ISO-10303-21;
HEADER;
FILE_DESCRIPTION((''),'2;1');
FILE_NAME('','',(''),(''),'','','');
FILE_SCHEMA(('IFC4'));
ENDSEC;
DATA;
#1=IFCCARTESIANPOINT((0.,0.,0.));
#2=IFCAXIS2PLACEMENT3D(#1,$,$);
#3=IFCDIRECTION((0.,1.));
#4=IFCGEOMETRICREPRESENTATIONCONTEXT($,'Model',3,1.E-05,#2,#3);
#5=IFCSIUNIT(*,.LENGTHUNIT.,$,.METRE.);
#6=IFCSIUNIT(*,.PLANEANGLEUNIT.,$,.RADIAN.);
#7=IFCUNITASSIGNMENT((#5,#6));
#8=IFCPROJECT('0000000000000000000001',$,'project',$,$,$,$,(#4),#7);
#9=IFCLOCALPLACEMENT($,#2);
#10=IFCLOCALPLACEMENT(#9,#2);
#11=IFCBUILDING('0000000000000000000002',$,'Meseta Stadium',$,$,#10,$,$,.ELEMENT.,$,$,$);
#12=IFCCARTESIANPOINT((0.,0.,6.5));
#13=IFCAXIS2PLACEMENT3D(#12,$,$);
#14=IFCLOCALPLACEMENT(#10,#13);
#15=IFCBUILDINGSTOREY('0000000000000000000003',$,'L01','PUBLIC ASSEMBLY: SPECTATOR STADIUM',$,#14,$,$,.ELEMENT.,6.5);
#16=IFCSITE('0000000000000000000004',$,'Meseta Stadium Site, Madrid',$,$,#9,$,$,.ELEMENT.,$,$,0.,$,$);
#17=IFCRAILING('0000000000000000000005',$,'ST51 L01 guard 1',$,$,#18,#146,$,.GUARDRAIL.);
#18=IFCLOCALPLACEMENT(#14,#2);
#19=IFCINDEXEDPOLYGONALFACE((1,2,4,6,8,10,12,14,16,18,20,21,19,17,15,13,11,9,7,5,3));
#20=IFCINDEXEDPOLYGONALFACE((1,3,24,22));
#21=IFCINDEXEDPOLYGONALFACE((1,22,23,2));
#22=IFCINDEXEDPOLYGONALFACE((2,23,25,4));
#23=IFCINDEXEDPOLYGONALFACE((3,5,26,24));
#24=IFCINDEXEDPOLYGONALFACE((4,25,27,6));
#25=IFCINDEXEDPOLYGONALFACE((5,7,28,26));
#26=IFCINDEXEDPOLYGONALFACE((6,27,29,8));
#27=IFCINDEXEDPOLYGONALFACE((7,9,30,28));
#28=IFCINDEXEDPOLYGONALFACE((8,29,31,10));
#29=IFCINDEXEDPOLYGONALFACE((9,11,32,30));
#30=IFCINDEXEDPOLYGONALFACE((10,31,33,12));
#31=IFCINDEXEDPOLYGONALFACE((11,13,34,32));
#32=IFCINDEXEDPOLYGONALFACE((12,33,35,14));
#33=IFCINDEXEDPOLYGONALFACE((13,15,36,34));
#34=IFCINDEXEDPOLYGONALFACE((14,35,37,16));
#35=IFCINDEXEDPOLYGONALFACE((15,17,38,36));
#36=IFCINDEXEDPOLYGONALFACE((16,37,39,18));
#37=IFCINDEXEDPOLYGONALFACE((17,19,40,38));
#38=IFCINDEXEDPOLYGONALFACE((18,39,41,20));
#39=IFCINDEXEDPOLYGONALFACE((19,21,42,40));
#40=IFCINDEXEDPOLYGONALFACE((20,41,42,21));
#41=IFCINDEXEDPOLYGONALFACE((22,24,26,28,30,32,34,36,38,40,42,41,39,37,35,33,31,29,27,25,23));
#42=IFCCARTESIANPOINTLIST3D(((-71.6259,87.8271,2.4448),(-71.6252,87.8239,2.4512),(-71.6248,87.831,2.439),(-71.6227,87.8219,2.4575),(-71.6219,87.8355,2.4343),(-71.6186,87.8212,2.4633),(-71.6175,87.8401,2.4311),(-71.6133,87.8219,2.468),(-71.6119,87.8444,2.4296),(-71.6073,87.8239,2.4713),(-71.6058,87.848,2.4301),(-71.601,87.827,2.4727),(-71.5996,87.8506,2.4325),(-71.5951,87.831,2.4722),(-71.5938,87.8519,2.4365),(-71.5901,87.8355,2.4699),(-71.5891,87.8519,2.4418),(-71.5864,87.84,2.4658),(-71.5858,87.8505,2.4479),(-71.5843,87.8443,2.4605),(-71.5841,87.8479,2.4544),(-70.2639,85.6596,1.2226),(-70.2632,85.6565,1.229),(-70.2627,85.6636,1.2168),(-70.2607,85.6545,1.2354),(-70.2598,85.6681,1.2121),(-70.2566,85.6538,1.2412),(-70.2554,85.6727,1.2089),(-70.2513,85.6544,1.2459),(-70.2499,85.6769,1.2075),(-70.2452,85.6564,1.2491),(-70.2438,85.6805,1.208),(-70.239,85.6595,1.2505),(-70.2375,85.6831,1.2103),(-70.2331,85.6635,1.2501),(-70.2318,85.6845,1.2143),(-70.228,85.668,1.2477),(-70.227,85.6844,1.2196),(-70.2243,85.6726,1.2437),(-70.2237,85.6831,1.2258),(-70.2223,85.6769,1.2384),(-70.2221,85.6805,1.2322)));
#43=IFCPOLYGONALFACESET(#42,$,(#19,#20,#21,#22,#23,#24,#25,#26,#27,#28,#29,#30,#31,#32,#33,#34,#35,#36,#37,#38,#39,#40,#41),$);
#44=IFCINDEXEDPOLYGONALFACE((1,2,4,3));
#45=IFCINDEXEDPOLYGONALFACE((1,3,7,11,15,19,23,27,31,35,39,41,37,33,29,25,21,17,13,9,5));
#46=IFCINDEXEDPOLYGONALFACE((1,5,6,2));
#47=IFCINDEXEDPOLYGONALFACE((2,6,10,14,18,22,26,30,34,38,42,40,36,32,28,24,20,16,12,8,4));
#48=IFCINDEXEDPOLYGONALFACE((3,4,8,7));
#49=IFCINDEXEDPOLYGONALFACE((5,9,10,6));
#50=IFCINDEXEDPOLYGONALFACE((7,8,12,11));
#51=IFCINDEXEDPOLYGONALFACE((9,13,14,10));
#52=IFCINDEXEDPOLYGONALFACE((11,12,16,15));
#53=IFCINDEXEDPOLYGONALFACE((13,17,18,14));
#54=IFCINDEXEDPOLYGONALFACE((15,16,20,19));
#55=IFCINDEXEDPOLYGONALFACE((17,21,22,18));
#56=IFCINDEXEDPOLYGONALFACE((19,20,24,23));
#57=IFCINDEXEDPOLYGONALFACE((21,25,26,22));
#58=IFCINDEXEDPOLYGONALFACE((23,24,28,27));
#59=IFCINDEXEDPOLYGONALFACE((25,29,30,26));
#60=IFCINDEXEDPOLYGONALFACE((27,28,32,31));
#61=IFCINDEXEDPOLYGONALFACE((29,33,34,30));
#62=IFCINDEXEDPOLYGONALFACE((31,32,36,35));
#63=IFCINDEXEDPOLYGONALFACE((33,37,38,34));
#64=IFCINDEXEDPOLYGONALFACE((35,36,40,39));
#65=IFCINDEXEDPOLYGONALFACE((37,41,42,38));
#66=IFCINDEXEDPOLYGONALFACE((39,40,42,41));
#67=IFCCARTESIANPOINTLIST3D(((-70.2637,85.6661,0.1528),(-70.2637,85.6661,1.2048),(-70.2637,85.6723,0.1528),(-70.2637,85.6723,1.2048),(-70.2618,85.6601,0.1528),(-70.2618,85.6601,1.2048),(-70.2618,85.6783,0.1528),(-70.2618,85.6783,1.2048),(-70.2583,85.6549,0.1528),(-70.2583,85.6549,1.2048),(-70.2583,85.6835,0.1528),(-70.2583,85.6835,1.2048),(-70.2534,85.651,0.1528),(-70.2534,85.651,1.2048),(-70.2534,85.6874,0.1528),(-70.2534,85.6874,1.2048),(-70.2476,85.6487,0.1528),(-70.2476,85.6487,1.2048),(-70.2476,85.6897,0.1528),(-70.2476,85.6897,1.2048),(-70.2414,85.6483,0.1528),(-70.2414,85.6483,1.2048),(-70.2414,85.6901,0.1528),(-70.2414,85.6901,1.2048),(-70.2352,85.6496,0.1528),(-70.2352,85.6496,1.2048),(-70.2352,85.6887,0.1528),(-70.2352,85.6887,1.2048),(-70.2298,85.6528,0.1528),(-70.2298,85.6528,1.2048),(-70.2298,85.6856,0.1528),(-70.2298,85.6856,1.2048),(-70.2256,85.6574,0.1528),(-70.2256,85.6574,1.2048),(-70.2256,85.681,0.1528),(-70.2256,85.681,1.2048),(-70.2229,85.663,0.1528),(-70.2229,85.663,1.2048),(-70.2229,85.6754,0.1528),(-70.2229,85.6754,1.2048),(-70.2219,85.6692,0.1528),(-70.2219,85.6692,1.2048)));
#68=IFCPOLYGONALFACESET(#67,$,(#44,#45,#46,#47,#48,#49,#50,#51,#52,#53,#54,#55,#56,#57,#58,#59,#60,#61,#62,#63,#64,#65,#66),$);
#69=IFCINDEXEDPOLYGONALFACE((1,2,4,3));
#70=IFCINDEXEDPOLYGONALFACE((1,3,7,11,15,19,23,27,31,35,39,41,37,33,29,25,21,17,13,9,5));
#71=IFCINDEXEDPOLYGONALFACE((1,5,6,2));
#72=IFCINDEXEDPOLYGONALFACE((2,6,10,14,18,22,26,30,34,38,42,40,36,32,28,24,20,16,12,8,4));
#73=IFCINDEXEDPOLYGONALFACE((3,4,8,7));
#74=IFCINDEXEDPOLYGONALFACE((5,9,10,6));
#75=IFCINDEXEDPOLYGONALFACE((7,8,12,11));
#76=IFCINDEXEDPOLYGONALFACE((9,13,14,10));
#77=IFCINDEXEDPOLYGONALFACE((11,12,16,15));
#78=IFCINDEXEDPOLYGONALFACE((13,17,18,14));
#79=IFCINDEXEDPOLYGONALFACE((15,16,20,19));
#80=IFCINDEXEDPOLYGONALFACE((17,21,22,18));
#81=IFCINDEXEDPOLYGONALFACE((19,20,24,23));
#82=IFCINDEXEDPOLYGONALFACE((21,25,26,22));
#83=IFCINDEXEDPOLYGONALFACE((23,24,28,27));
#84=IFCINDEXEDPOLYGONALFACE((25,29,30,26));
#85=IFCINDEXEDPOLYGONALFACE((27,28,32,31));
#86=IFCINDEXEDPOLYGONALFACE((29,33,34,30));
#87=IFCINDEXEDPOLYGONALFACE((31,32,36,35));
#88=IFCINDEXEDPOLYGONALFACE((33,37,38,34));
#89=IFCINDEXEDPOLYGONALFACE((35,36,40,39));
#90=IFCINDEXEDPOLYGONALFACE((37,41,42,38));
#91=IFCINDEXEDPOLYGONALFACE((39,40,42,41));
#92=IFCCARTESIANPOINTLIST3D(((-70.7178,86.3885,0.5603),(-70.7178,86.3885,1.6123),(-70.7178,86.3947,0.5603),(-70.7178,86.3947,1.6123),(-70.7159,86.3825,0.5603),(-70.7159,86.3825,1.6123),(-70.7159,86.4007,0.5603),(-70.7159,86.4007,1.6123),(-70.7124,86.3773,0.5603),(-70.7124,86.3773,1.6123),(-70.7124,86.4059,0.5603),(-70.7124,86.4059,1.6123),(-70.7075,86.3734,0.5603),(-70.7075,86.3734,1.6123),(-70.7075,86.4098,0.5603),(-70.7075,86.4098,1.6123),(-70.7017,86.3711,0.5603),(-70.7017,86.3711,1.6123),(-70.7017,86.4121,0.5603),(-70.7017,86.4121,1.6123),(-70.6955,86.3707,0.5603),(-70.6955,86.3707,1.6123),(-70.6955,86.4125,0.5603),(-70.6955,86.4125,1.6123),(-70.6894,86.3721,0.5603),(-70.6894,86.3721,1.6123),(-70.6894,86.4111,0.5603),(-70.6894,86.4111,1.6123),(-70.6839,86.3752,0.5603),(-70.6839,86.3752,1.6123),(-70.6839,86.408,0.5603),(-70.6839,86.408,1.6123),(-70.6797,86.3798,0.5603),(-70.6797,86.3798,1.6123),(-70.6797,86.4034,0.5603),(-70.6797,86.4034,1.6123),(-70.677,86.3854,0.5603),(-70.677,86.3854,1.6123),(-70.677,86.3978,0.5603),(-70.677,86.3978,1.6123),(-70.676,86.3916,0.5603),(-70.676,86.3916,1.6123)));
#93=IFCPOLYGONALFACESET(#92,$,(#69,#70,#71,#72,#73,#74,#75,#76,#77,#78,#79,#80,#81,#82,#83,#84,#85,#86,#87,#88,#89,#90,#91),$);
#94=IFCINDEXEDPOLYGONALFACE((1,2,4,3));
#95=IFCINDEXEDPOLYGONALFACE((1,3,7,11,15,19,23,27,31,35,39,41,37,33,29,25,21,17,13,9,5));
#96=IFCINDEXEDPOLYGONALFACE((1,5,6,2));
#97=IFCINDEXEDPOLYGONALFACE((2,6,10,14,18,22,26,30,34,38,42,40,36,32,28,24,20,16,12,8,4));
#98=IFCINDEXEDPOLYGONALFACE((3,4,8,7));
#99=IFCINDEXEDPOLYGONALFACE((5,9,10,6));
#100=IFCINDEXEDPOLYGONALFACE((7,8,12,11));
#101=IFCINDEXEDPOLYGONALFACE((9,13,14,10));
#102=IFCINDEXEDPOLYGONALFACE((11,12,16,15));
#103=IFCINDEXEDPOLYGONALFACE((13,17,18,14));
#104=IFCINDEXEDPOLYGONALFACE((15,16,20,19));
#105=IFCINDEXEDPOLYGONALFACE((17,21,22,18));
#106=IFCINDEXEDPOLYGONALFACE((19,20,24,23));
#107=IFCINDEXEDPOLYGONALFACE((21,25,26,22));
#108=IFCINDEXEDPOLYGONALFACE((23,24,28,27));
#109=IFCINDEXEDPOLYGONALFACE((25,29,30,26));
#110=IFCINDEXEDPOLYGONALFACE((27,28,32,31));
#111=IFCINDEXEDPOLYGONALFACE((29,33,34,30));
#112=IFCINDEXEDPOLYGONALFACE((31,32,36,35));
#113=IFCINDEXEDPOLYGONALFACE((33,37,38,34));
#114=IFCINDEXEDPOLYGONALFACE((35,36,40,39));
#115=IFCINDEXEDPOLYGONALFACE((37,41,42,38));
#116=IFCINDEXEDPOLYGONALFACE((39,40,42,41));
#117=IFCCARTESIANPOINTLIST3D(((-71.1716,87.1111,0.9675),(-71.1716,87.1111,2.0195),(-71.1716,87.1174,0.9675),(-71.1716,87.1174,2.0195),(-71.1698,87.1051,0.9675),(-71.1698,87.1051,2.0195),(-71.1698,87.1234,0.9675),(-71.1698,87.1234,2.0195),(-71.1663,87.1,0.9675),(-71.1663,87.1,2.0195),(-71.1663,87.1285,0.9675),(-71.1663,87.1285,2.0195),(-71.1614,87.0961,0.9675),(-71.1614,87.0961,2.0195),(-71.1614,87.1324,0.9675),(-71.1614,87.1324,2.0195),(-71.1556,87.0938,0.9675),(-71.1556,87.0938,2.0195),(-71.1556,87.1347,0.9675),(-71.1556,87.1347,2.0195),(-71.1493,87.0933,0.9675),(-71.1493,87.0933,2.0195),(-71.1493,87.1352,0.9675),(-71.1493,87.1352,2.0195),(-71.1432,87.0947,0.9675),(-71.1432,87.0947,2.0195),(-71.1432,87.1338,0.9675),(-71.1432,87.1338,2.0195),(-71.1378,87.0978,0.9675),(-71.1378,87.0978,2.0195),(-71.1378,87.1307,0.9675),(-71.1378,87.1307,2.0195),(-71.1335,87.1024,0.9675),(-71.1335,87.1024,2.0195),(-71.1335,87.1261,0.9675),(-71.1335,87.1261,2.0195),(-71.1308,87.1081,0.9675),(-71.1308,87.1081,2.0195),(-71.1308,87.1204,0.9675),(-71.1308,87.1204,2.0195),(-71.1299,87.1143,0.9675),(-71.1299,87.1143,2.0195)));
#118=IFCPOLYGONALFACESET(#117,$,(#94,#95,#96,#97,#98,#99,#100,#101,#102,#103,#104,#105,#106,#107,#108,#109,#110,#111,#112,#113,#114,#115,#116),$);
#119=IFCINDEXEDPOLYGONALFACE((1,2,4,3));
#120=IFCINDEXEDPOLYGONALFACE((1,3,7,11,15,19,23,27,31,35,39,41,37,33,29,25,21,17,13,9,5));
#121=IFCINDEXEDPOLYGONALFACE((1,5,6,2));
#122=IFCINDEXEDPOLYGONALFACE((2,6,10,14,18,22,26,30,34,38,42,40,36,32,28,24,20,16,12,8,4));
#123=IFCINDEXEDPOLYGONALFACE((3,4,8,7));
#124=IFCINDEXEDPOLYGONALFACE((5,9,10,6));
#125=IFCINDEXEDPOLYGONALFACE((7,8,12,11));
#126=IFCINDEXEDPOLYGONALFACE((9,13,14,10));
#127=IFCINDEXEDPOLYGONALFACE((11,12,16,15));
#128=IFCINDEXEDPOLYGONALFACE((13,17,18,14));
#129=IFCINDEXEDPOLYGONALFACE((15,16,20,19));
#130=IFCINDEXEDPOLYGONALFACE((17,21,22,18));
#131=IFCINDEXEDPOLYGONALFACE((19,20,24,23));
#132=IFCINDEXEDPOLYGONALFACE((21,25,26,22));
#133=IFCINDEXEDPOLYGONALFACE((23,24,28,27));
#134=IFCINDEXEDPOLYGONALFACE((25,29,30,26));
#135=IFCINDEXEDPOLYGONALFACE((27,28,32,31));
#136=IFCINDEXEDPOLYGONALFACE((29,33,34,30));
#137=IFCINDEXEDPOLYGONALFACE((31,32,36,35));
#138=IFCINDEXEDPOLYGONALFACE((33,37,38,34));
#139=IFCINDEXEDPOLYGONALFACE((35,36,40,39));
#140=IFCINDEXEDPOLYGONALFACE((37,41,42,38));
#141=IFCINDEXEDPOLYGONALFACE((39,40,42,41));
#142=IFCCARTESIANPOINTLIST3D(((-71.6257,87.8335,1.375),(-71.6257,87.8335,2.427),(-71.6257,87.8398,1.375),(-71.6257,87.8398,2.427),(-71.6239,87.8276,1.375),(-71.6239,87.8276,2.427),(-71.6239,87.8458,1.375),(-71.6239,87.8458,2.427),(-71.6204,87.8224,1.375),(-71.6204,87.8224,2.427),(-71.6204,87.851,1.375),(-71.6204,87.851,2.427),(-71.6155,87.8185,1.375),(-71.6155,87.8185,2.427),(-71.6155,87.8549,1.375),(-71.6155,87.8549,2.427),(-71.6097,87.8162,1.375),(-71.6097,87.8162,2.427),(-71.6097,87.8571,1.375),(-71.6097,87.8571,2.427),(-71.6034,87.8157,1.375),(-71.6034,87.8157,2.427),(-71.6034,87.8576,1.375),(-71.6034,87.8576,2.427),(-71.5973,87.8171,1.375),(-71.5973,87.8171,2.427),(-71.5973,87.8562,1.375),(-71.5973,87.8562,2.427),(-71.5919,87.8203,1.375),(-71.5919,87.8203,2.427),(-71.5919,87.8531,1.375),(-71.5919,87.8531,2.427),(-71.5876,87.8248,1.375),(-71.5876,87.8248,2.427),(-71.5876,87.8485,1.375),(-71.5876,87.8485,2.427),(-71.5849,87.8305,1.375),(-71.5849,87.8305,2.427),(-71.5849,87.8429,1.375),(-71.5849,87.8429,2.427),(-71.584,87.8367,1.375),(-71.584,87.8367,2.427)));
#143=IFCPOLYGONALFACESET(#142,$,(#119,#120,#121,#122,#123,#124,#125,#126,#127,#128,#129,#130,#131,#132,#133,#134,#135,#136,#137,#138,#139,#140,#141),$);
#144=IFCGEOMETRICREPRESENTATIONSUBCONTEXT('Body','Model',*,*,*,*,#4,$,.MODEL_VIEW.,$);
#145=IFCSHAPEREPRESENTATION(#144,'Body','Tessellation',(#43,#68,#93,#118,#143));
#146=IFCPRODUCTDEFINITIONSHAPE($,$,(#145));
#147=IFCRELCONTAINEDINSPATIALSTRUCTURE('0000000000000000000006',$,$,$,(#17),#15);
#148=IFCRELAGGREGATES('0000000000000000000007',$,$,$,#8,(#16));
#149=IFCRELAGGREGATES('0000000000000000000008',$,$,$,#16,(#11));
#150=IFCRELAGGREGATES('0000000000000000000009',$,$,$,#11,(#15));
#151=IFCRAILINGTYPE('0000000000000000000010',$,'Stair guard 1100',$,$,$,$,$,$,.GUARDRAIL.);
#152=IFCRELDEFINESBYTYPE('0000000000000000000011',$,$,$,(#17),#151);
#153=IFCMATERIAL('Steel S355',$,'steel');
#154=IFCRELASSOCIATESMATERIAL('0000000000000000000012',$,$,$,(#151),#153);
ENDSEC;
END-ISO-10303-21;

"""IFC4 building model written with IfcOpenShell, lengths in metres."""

from ifc_helpers import new_model, si_unit, direction, frame, origin, origin_2d, place, context, subcontext, project, spatial, circle, extrude, material, type_object, element, save


model = new_model("IFC4")

# Units and contexts
model_context = context("Model", 3, precision=1e-05, world=origin(), true_north=direction((0.0, 1.0)))
body_context = subcontext(model_context, "Body", "Model", "MODEL_VIEW")
ifc_project = project(units=[si_unit("LENGTHUNIT", "METRE"), si_unit("PLANEANGLEUNIT", "RADIAN")], contexts=[model_context])

# Site, building, storey
site_placement = place(None, origin())
site = spatial("IfcSite", under=ifc_project, at=site_placement, Name="Meseta Stadium Site, Madrid", CompositionType="ELEMENT", RefElevation=0.0)
building_placement = place(site_placement, origin())
building = spatial("IfcBuilding", under=site, at=building_placement, Name="Meseta Stadium", CompositionType="ELEMENT")
storey_placement = place(building_placement, frame((0.0, 0.0, 6.5)))
storey = spatial("IfcBuildingStorey", under=building, at=storey_placement, Name="L01", Description="PUBLIC ASSEMBLY: SPECTATOR STADIUM", CompositionType="ELEMENT", Elevation=6.5)

# Railing
ifc_material_1 = material(Name="Steel S355", Category="steel")
railing_type_1 = type_object("IfcRailingType", Name="Stair guard 1100", PredefinedType="GUARDRAIL", material=ifc_material_1)
railing_1_placement = place(storey_placement, frame((-70.2429, 85.6692, 0.1528)))
element("IfcRailing", 1, at=railing_1_placement, inside=storey, type_object=railing_type_1, Name="ST51 L01 guard 1", PredefinedType="GUARDRAIL", context=body_context, shape_type="SweptSolid", body=[
    extrude(circle(Radius=0.0239, at=origin_2d()), frame((0.0, 0.0, 1.0762), z_axis=(-0.480156, 0.764085, 0.430841), x_axis=(-0.846699, -0.532072, 0.0)), (0.0, 0.0, 1.0), 2.8367),
    extrude(circle(Radius=0.021, at=origin_2d()), origin(), (0.0, 0.0, 1.0), 1.052),
    extrude(circle(Radius=0.021, at=origin_2d()), frame((-0.4541, 0.7224, 0.4075)), (0.0, 0.0, 1.0), 1.052),
    extrude(circle(Radius=0.021, at=origin_2d()), frame((-0.908, 1.4451, 0.8147)), (0.0, 0.0, 1.0), 1.052),
    extrude(circle(Radius=0.021, at=origin_2d()), frame((-1.3621, 2.1675, 1.2222)), (0.0, 0.0, 1.0), 1.052),
])

save(model, "model.ifc")
